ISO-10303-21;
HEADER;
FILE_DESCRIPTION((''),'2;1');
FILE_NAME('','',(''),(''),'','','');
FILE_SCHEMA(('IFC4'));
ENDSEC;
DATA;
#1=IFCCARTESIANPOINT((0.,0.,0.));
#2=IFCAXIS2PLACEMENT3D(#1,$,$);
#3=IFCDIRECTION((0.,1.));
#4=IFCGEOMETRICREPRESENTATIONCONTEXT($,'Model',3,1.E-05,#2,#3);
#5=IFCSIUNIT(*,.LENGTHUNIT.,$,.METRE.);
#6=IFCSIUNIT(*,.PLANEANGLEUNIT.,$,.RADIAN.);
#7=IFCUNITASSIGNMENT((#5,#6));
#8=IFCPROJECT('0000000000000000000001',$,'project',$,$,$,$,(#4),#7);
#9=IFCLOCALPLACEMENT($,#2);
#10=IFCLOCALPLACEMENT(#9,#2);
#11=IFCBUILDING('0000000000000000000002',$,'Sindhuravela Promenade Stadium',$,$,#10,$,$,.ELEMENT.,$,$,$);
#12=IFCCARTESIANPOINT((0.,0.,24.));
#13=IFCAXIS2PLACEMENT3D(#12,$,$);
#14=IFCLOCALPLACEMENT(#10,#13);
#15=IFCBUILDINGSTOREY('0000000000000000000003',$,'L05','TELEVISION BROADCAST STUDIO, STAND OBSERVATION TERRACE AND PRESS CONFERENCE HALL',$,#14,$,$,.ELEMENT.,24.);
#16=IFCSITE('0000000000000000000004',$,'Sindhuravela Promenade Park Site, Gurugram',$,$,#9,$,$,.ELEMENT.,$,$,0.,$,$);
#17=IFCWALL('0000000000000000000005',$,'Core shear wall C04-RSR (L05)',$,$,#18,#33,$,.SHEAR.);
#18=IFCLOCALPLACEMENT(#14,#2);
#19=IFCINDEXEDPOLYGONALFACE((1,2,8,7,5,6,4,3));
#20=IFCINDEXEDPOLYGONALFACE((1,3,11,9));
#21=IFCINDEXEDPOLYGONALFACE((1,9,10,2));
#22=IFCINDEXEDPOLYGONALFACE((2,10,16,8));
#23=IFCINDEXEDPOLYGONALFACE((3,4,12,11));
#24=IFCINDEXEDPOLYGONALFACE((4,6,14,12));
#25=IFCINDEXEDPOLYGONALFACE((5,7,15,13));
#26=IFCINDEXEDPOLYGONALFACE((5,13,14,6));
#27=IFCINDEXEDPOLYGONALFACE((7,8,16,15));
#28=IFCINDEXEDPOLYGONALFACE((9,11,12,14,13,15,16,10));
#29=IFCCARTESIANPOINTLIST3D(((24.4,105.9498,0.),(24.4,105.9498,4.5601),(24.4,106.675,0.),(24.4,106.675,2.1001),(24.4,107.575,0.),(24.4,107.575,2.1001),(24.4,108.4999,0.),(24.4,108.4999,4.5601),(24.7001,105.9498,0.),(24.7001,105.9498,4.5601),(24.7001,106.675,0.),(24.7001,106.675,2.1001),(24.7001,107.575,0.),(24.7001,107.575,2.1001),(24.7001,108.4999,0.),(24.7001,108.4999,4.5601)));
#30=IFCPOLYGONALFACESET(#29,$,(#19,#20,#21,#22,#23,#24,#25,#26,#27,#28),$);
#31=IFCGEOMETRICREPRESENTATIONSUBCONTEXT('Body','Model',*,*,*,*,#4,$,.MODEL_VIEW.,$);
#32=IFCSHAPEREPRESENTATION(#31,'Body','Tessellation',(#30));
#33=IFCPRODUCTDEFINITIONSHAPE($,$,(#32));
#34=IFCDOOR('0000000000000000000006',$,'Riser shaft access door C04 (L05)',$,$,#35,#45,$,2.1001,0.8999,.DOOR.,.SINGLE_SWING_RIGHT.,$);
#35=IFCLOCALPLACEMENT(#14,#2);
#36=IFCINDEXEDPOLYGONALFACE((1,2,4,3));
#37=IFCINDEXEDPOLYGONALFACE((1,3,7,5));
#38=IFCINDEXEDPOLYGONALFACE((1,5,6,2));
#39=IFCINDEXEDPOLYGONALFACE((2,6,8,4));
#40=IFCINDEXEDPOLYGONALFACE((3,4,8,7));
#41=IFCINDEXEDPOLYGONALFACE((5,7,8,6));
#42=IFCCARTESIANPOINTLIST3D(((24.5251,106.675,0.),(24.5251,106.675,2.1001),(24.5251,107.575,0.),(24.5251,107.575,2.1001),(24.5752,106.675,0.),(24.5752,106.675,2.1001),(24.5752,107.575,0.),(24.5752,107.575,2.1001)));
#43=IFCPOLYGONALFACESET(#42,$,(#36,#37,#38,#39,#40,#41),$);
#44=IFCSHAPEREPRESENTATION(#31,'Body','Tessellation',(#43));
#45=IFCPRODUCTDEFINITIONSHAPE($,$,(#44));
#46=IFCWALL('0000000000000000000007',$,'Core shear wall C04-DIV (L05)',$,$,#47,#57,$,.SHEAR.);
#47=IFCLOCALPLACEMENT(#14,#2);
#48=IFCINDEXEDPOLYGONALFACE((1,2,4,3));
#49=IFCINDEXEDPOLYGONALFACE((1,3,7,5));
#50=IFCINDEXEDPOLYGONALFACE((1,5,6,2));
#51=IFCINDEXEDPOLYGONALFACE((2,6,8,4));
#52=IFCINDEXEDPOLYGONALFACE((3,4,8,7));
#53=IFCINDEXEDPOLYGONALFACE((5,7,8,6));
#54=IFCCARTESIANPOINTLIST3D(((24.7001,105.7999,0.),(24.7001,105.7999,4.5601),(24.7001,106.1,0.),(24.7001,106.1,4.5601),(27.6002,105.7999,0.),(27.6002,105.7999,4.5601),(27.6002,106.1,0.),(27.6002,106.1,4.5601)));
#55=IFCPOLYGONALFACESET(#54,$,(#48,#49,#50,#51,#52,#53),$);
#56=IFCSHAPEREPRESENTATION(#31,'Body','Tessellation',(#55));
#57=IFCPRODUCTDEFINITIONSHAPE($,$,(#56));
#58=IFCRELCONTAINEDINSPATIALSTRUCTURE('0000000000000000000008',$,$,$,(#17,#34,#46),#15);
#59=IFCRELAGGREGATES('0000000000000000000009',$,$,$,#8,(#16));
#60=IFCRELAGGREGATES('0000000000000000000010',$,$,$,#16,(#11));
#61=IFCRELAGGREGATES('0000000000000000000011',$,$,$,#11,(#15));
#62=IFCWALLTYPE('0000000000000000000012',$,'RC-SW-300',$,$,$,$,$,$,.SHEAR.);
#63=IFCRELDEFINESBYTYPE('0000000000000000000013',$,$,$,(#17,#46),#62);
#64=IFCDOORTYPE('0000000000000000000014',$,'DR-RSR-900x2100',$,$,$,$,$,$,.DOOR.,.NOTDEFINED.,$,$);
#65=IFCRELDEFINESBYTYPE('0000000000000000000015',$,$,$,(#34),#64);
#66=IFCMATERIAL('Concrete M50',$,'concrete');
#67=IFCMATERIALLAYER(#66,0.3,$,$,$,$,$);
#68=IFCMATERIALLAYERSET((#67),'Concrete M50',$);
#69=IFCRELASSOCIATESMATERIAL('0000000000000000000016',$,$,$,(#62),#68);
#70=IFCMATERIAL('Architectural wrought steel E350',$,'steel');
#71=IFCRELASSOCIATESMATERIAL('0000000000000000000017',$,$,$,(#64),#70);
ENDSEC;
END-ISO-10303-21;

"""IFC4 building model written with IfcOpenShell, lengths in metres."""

from ifc_helpers import new_model, si_unit, direction, frame, frame_2d, origin, place, context, subcontext, project, spatial, rectangle, extrude, material, layer, layer_set, type_object, element, fill, save


model = new_model("IFC4")

# Units and contexts
model_context = context("Model", 3, precision=1e-05, world=origin(), true_north=direction((0.0, 1.0)))
body_context = subcontext(model_context, "Body", "Model", "MODEL_VIEW")
ifc_project = project(units=[si_unit("LENGTHUNIT", "METRE"), si_unit("PLANEANGLEUNIT", "RADIAN")], contexts=[model_context])

# Site, building, storey
site_placement = place(None, origin())
site = spatial("IfcSite", under=ifc_project, at=site_placement, Name="Sindhuravela Promenade Park Site, Gurugram", CompositionType="ELEMENT", RefElevation=0.0)
building_placement = place(site_placement, origin())
building = spatial("IfcBuilding", under=site, at=building_placement, Name="Sindhuravela Promenade Stadium", CompositionType="ELEMENT")
storey_placement = place(building_placement, frame((0.0, 0.0, 24.0)))
storey = spatial("IfcBuildingStorey", under=building, at=storey_placement, Name="L05", Description="TELEVISION BROADCAST STUDIO, STAND OBSERVATION TERRACE AND PRESS CONFERENCE HALL", CompositionType="ELEMENT", Elevation=24.0)

# Shared definitions
ifc_material_1 = material(Name="Concrete M50", Category="concrete")
ifc_layer_1 = layer(ifc_material_1, 0.3)
ifc_layer_set_1 = layer_set([ifc_layer_1], Name="Concrete M50")
wall_type = type_object("IfcWallType", Name="RC-SW-300", PredefinedType="SHEAR", material=ifc_layer_set_1)

# Wall, opening, door
ifc_material_2 = material(Name="Architectural wrought steel E350", Category="steel")
wall_1_placement = place(storey_placement, frame((24.55, 105.95, 0.0), z_axis=(0.0, 0.0, 1.0), x_axis=(0.0, 1.0, 0.0)))
wall_1 = element("IfcWall", 1, at=wall_1_placement, inside=storey, type_object=wall_type, Name="Core shear wall C04-RSR (L05)", PredefinedType="SHEAR", context=body_context, shape_type="SweptSolid", body=[
    extrude(rectangle(XDim=2.55, YDim=0.3, at=frame_2d((1.2749, 0.0))), origin(), (0.0, 0.0, 1.0), 4.5601),
])
opening_1_placement = place(wall_1_placement, frame((0.7251, 0.0, 0.0)))
opening_1 = element("IfcOpeningElement", 2, at=opening_1_placement, cuts=wall_1, PredefinedType="OPENING", context=body_context, shape_type="SweptSolid", body=[
    extrude(rectangle(XDim=0.8999, YDim=2.1001, at=frame_2d((0.45, 1.05))), frame((0.0, 0.1599, 0.0), z_axis=(0.0, -1.0, 0.0), x_axis=(1.0, 0.0, 0.0)), (0.0, 0.0, 1.0), 0.3201),
])
door_type_1 = type_object("IfcDoorType", Name="DR-RSR-900x2100", OperationType="NOTDEFINED", PredefinedType="DOOR", material=ifc_material_2)
door_1_placement = place(opening_1_placement, origin())
door_1 = element("IfcDoor", 3, at=door_1_placement, inside=storey, type_object=door_type_1, Name="Riser shaft access door C04 (L05)", OperationType="SINGLE_SWING_RIGHT", OverallHeight=2.1001, OverallWidth=0.8999, PredefinedType="DOOR", context=body_context, shape_type="SweptSolid", body=[
    extrude(rectangle(XDim=0.8999, YDim=2.1001, at=frame_2d((0.45, 1.05))), frame((0.0, 0.0249, 0.0), z_axis=(0.0, -1.0, 0.0), x_axis=(1.0, 0.0, 0.0)), (0.0, 0.0, 1.0), 0.05),
])
fill(opening_1, door_1)

# Wall
wall_2_placement = place(storey_placement, frame((24.7, 105.95, 0.0), z_axis=(0.0, 0.0, 1.0), x_axis=(1.0, 0.0, 0.0)))
element("IfcWall", 4, at=wall_2_placement, inside=storey, type_object=wall_type, Name="Core shear wall C04-DIV (L05)", PredefinedType="SHEAR", context=body_context, shape_type="SweptSolid", body=[
    extrude(rectangle(XDim=2.9001, YDim=0.3, at=frame_2d((1.4502, 0.0))), origin(), (0.0, 0.0, 1.0), 4.5601),
])

save(model, "model.ifc")
